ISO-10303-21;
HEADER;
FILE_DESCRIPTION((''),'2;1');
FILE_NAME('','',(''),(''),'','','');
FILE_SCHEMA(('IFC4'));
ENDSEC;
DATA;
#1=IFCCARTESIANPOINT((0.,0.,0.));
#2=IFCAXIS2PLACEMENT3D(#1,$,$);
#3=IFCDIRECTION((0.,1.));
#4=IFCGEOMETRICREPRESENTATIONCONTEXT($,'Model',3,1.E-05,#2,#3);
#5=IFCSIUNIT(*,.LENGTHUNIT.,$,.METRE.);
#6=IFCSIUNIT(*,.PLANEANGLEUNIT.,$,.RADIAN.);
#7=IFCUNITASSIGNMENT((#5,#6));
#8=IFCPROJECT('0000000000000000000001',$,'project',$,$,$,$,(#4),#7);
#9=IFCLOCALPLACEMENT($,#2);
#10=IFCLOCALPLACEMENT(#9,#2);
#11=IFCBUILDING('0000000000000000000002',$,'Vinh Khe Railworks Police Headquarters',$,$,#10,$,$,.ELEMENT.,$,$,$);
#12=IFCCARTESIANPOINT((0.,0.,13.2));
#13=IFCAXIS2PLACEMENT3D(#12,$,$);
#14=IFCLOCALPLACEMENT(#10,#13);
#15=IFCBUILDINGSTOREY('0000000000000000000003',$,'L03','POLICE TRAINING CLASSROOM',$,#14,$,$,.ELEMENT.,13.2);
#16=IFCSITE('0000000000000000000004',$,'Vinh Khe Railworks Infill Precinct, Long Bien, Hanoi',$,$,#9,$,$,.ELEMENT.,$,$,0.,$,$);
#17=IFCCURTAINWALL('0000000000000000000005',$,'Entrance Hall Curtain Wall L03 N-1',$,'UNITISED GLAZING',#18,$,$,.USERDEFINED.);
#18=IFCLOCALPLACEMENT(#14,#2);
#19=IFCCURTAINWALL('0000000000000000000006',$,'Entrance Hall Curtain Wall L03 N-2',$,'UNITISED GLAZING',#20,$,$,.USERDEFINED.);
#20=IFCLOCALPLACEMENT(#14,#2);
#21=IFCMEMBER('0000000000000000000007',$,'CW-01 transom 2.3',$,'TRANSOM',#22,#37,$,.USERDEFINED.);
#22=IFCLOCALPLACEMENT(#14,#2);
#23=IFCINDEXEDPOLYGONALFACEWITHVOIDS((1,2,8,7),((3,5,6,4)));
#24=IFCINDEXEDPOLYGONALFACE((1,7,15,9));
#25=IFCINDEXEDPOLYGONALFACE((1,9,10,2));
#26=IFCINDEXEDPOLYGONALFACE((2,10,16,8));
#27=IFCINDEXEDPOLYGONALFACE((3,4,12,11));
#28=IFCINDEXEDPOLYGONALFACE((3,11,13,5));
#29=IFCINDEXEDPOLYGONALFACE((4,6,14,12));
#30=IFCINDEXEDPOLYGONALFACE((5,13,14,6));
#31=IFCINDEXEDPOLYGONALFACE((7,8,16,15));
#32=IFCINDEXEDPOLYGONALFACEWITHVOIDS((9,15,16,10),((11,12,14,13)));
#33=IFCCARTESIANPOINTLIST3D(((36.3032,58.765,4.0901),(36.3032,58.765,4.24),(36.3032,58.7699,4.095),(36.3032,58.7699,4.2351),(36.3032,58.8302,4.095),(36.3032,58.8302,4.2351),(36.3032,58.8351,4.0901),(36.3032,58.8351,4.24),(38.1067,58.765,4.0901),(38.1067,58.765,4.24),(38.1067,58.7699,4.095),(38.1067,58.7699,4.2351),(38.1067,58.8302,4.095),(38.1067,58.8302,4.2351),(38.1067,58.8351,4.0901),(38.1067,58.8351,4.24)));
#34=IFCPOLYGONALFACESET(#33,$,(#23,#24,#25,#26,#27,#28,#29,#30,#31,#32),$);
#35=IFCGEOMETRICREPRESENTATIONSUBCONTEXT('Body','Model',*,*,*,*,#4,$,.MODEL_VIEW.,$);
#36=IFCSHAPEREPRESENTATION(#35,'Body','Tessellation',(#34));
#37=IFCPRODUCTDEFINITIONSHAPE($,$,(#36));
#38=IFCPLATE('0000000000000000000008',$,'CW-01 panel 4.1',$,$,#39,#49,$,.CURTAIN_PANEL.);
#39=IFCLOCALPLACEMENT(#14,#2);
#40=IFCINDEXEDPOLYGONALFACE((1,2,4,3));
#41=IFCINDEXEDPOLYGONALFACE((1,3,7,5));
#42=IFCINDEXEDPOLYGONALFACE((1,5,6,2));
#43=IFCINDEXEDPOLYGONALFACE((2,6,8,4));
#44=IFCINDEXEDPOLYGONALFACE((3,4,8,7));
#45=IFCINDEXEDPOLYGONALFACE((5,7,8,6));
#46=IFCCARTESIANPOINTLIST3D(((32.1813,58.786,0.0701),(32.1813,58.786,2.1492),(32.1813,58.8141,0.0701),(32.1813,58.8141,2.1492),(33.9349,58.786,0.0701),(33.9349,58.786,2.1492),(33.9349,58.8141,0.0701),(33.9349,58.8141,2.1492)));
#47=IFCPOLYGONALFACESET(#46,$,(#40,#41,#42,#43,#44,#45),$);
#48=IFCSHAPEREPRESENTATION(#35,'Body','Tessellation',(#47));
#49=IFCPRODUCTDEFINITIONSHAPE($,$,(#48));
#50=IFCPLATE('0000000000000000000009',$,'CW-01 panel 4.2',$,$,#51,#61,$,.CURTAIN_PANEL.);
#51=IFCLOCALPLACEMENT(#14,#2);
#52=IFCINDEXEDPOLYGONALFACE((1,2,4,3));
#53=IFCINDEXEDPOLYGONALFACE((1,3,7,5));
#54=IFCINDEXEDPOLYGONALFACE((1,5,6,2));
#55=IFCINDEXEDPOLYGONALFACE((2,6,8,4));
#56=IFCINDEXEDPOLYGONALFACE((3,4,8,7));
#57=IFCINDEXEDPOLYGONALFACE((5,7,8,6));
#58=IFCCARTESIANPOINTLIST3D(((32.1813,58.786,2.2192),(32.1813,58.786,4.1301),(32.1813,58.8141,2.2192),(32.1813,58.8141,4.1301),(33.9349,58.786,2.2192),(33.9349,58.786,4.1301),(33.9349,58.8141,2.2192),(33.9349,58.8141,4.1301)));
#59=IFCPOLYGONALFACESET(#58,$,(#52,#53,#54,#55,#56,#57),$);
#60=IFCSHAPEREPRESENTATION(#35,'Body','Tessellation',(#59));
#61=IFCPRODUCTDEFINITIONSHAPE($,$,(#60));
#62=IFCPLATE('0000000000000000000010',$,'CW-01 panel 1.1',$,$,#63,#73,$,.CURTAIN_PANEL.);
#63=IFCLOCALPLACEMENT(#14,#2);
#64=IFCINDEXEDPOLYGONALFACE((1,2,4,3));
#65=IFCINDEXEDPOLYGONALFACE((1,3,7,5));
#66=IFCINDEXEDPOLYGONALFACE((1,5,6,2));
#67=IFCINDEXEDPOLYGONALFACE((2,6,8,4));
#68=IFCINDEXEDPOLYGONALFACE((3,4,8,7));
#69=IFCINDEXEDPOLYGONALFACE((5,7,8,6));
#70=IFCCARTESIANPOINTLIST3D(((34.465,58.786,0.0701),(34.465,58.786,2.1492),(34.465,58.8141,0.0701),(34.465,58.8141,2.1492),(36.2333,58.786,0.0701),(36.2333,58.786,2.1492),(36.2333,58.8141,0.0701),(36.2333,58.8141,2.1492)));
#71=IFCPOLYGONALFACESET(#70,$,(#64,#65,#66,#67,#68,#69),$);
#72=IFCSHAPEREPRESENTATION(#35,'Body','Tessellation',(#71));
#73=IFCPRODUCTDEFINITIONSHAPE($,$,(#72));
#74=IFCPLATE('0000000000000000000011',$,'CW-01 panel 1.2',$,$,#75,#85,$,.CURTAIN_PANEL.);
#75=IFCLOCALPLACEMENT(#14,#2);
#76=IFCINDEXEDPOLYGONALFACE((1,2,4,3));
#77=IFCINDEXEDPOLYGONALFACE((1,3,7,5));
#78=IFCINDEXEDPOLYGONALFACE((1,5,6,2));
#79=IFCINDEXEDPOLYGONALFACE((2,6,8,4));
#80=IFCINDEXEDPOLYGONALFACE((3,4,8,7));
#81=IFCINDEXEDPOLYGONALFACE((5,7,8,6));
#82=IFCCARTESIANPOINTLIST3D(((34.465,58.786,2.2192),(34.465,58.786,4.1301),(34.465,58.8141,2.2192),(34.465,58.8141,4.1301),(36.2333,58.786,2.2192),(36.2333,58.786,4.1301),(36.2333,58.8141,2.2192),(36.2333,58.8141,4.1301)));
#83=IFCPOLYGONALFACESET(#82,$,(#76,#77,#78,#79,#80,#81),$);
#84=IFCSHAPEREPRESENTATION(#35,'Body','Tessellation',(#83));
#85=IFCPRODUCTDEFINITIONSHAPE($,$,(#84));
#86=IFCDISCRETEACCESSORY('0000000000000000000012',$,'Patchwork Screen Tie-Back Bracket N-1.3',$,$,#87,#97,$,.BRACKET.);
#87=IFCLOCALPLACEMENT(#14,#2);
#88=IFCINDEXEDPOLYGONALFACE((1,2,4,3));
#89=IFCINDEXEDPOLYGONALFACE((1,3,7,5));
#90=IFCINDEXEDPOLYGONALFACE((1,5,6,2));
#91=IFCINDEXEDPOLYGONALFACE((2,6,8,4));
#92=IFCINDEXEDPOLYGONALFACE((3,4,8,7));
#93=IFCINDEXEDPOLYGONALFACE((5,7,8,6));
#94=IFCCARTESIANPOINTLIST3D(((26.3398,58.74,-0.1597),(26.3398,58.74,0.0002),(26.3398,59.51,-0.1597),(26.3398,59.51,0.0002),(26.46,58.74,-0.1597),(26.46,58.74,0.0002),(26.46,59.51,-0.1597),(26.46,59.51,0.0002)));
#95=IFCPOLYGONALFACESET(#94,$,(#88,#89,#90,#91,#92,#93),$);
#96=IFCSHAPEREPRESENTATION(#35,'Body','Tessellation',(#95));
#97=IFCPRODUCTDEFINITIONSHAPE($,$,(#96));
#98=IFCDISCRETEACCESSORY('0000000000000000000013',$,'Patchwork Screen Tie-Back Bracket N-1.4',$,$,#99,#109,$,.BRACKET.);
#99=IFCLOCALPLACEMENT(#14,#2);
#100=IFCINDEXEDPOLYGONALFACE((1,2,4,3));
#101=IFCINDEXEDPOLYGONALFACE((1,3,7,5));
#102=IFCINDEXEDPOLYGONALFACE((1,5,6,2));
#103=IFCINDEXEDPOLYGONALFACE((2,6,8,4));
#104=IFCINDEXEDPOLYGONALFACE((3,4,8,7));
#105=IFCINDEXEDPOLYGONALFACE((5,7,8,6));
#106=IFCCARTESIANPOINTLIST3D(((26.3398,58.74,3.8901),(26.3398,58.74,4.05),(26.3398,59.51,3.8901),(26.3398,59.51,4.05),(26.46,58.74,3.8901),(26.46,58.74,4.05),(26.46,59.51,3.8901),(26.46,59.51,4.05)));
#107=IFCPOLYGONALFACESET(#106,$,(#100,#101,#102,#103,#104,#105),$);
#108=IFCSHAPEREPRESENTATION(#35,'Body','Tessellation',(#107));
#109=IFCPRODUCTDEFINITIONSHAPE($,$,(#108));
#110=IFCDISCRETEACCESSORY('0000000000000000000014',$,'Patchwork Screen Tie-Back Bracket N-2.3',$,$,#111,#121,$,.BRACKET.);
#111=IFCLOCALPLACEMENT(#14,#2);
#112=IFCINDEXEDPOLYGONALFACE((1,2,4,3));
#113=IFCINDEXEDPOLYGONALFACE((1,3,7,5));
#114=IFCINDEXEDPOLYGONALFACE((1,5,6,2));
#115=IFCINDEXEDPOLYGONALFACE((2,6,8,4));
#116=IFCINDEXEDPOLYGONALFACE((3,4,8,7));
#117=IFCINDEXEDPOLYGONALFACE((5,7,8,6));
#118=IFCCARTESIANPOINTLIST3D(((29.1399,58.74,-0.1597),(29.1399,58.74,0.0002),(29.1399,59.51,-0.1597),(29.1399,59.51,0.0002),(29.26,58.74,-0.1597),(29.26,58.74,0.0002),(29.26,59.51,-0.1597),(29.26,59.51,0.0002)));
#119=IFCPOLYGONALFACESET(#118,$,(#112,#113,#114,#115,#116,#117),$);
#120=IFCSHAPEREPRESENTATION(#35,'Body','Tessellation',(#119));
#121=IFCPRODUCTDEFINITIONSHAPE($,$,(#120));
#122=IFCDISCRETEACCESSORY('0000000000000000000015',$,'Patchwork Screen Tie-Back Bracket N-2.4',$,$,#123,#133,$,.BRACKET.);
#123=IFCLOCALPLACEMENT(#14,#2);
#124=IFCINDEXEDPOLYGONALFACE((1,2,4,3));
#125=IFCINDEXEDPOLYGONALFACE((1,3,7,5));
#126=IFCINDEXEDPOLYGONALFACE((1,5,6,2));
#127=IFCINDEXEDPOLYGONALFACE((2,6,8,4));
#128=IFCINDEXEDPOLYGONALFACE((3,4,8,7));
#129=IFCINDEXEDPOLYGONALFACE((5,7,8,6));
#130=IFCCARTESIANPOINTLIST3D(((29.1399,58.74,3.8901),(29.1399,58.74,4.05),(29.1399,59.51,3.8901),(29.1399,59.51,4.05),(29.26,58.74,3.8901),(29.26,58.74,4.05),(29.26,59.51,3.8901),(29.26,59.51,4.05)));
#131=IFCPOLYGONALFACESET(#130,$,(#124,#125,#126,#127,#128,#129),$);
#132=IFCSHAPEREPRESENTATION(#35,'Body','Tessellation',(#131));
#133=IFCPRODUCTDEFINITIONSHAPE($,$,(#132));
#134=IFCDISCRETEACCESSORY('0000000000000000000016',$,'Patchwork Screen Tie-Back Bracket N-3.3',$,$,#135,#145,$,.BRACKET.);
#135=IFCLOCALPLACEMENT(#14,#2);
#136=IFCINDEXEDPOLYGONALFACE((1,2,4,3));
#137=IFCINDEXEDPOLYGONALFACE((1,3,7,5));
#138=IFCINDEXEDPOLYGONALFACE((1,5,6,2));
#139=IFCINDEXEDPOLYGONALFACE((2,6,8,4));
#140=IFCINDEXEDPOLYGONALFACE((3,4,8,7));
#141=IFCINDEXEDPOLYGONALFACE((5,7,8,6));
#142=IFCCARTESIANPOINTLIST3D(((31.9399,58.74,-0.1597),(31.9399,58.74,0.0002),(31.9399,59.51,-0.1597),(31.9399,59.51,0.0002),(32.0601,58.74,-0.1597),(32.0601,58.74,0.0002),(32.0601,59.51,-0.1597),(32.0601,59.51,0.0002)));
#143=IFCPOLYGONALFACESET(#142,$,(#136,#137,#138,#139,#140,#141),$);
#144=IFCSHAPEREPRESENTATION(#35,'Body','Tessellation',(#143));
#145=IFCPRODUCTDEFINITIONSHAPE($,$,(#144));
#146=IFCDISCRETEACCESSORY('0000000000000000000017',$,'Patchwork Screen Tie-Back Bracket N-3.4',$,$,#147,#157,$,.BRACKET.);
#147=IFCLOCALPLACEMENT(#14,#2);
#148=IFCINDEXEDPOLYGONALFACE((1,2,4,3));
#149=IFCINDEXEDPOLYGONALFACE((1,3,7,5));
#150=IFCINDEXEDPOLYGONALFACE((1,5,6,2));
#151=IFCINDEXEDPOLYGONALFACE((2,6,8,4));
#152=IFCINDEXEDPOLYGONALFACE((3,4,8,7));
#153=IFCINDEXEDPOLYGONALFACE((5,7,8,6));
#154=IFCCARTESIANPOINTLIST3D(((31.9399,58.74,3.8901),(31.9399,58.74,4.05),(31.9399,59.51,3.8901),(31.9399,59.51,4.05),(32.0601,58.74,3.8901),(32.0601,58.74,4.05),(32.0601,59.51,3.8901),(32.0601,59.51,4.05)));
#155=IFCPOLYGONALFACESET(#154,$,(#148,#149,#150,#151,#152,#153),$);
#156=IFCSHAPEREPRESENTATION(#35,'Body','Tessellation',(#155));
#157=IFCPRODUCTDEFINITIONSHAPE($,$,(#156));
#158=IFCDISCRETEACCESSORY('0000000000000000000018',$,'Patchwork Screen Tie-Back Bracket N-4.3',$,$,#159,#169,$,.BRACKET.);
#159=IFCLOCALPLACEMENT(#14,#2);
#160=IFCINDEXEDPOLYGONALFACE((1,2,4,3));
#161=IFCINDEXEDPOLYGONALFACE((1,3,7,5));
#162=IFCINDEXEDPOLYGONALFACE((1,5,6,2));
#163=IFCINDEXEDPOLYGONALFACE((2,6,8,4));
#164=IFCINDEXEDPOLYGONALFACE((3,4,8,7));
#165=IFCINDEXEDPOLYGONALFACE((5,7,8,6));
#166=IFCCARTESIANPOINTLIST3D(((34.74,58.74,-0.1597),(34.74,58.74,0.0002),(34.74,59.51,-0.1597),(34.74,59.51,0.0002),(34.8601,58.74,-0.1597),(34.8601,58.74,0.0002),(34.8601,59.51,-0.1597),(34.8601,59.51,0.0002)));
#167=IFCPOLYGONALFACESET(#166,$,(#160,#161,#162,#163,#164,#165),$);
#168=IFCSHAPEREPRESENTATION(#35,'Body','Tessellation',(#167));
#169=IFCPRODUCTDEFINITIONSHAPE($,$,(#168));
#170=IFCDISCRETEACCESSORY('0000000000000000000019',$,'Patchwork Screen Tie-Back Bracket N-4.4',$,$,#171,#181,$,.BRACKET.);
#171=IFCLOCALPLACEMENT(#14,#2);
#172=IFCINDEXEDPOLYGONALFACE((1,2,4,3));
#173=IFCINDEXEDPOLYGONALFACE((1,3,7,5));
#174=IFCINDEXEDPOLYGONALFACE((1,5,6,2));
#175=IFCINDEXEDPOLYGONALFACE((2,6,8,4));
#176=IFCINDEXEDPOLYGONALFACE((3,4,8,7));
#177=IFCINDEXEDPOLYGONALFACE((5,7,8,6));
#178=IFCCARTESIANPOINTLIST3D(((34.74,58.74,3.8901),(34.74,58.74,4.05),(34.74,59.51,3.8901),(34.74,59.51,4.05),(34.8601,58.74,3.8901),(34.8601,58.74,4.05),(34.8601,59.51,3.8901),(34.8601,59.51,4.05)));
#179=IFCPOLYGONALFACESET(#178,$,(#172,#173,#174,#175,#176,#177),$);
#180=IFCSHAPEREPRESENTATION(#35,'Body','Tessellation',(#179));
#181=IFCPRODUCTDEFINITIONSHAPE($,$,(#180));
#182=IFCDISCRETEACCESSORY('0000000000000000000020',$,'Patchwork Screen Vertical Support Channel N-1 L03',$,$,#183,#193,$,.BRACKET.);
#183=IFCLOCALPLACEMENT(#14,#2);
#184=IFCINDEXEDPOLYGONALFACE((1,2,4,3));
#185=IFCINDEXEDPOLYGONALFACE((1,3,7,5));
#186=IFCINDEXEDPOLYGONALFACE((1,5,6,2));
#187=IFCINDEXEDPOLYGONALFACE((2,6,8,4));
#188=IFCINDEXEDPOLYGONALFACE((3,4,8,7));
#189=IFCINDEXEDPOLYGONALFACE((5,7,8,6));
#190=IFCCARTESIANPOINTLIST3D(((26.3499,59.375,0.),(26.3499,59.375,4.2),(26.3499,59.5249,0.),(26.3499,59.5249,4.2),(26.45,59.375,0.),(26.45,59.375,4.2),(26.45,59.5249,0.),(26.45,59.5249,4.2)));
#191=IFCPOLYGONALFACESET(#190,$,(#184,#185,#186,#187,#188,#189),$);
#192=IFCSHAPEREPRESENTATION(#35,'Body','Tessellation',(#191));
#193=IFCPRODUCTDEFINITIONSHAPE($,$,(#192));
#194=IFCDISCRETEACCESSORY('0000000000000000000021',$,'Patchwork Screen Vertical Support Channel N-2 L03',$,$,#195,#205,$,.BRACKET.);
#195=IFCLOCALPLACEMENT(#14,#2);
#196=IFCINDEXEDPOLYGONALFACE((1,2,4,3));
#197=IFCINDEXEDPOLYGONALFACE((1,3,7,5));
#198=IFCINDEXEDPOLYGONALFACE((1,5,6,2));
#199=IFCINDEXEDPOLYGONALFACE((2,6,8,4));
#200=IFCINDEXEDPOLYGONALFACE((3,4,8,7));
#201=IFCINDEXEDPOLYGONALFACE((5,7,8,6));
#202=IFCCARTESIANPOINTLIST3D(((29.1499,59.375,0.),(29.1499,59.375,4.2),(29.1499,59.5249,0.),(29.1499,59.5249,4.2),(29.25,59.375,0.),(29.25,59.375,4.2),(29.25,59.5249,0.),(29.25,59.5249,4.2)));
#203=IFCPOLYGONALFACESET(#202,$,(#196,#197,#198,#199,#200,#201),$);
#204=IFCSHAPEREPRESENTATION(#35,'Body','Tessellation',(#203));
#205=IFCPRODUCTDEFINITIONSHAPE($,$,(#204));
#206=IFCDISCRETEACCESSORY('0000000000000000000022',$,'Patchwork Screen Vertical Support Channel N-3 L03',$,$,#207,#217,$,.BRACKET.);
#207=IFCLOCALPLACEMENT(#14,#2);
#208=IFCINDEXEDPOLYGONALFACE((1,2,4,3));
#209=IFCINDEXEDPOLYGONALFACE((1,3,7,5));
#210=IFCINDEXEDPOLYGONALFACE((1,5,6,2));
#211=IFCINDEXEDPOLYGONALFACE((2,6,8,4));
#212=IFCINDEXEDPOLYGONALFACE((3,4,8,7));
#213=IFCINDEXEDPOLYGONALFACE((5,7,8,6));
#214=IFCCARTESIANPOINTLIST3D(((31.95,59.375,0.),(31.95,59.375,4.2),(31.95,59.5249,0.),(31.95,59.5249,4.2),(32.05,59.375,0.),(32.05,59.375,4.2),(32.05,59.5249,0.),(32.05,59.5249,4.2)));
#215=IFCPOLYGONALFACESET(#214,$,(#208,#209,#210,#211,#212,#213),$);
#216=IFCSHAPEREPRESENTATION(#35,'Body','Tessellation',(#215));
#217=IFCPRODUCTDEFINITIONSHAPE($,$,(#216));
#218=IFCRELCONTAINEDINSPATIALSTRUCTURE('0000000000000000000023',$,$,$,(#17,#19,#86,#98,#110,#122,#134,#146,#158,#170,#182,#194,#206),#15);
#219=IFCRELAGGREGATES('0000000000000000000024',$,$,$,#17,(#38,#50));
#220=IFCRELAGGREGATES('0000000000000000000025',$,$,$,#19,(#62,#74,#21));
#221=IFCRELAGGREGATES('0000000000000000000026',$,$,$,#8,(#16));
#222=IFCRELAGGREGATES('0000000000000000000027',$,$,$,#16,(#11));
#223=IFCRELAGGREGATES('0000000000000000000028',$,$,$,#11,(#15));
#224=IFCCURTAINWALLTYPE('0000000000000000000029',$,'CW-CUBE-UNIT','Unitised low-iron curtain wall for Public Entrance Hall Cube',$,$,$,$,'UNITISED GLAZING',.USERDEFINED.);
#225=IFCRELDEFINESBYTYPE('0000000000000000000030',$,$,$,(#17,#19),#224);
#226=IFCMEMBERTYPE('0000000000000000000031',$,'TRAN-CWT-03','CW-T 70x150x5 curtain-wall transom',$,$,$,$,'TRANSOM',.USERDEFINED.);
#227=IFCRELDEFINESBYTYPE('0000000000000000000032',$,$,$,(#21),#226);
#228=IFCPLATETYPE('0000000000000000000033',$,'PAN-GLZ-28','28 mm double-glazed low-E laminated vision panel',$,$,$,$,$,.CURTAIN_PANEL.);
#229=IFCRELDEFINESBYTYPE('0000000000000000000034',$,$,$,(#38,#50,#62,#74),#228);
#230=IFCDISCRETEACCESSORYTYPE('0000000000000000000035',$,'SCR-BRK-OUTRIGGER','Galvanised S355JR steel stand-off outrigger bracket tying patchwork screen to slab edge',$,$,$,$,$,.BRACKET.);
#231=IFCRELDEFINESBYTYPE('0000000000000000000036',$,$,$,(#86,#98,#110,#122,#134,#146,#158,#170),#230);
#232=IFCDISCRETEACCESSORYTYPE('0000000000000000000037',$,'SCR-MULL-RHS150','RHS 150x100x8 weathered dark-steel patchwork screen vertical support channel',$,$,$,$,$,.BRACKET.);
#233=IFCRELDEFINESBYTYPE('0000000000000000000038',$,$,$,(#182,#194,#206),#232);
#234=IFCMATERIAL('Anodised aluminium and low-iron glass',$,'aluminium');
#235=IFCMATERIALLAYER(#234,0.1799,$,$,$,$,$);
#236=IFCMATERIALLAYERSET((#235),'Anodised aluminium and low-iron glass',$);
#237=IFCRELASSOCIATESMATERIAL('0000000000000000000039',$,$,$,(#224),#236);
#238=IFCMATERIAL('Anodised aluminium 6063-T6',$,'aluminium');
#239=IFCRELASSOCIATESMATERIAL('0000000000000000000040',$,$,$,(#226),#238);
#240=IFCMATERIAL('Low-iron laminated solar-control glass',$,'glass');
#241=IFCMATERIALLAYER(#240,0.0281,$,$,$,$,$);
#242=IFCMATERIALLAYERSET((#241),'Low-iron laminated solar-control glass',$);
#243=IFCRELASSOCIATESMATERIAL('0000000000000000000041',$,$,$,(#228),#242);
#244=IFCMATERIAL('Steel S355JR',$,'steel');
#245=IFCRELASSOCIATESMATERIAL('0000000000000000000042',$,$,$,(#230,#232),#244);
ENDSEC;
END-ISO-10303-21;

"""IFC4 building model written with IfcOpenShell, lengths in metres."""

from ifc_helpers import new_model, si_unit, direction, frame, origin, origin_2d, place, context, subcontext, project, spatial, rectangle, hollow_rectangle, extrude, material, layer, layer_set, material_profile, profile_set, type_object, element, aggregate, save


model = new_model("IFC4")

# Units and contexts
model_context = context("Model", 3, precision=1e-05, world=origin(), true_north=direction((0.0, 1.0)))
body_context = subcontext(model_context, "Body", "Model", "MODEL_VIEW")
ifc_project = project(units=[si_unit("LENGTHUNIT", "METRE"), si_unit("PLANEANGLEUNIT", "RADIAN")], contexts=[model_context])

# Site, building, storey
site_placement = place(None, origin())
site = spatial("IfcSite", under=ifc_project, at=site_placement, Name="Vinh Khe Railworks Infill Precinct, Long Bien, Hanoi", CompositionType="ELEMENT", RefElevation=0.0)
building_placement = place(site_placement, origin())
building = spatial("IfcBuilding", under=site, at=building_placement, Name="Vinh Khe Railworks Police Headquarters", CompositionType="ELEMENT")
storey_placement = place(building_placement, frame((0.0, 0.0, 13.2)))
storey = spatial("IfcBuildingStorey", under=building, at=storey_placement, Name="L03", Description="POLICE TRAINING CLASSROOM", CompositionType="ELEMENT", Elevation=13.2)

# Shared definitions
ifc_material_1 = material(Name="Steel S355JR", Category="steel")

# Curtain wall
ifc_material_2 = material(Name="Anodised aluminium and low-iron glass", Category="aluminium")
ifc_layer_1 = layer(ifc_material_2, 0.1799)
ifc_layer_set_1 = layer_set([ifc_layer_1], Name="Anodised aluminium and low-iron glass")
curtain_wall_type = type_object("IfcCurtainWallType", Name="CW-CUBE-UNIT", Description="Unitised low-iron curtain wall for Public Entrance Hall Cube", ElementType="UNITISED GLAZING", PredefinedType="USERDEFINED", material=ifc_layer_set_1)
curtain_wall_1_placement = place(storey_placement, origin())
curtain_wall_1 = element("IfcCurtainWall", 1, at=curtain_wall_1_placement, inside=storey, type_object=curtain_wall_type, Name="Entrance Hall Curtain Wall L03 N-1", ObjectType="UNITISED GLAZING", PredefinedType="USERDEFINED")
ifc_material_3 = material(Name="Anodised aluminium 6063-T6", Category="aluminium")

# Curtain wall
curtain_wall_2_placement = place(storey_placement, origin())
curtain_wall_2 = element("IfcCurtainWall", 2, at=curtain_wall_2_placement, inside=storey, type_object=curtain_wall_type, Name="Entrance Hall Curtain Wall L03 N-2", ObjectType="UNITISED GLAZING", PredefinedType="USERDEFINED")

# Member
ifc_material_profile_1 = material_profile(ifc_material_3, hollow_rectangle(XDim=0.0701, YDim=0.1499, WallThickness=0.0049, at=origin_2d()), Name="CW-T 70x150x5")
ifc_profile_set_1 = profile_set([ifc_material_profile_1], Name="Anodised aluminium 6063-T6")
member_type_1 = type_object("IfcMemberType", Name="TRAN-CWT-03", Description="CW-T 70x150x5 curtain-wall transom", ElementType="TRANSOM", PredefinedType="USERDEFINED", material=ifc_profile_set_1)
member_1_placement = place(storey_placement, frame((36.3032, 58.8, 4.165), z_axis=(1.0, 0.0, 0.0), x_axis=(0.0, 1.0, 0.0)))
member_1 = element("IfcMember", 3, at=member_1_placement, type_object=member_type_1, Name="CW-01 transom 2.3", ObjectType="TRANSOM", PredefinedType="USERDEFINED", context=body_context, shape_type="SweptSolid", body=[
    extrude(hollow_rectangle(XDim=0.0701, YDim=0.1499, WallThickness=0.0049, at=origin_2d()), origin(), (0.0, 0.0, 1.0), 1.8035),
])

# Plates
ifc_material_4 = material(Name="Low-iron laminated solar-control glass", Category="glass")
ifc_layer_2 = layer(ifc_material_4, 0.0281)
ifc_layer_set_2 = layer_set([ifc_layer_2], Name="Low-iron laminated solar-control glass")
plate_type = type_object("IfcPlateType", Name="PAN-GLZ-28", Description="28 mm double-glazed low-E laminated vision panel", PredefinedType="CURTAIN_PANEL", material=ifc_layer_set_2)
plate_1_placement = place(storey_placement, frame((33.0581, 58.8, 0.0701), z_axis=(0.0, 0.0, 1.0), x_axis=(1.0, 0.0, 0.0)))
plate_1 = element("IfcPlate", 4, at=plate_1_placement, type_object=plate_type, Name="CW-01 panel 4.1", PredefinedType="CURTAIN_PANEL", context=body_context, shape_type="SweptSolid", body=[
    extrude(rectangle(XDim=1.7537, YDim=0.0281, at=origin_2d()), origin(), (0.0, 0.0, 1.0), 2.0791),
])
plate_2_placement = place(storey_placement, frame((33.0581, 58.8, 2.2192), z_axis=(0.0, 0.0, 1.0), x_axis=(1.0, 0.0, 0.0)))
plate_2 = element("IfcPlate", 5, at=plate_2_placement, type_object=plate_type, Name="CW-01 panel 4.2", PredefinedType="CURTAIN_PANEL", context=body_context, shape_type="SweptSolid", body=[
    extrude(rectangle(XDim=1.7537, YDim=0.0281, at=origin_2d()), origin(), (0.0, 0.0, 1.0), 1.9109),
])
aggregate(curtain_wall_1, [plate_1, plate_2])
plate_3_placement = place(storey_placement, frame((35.3491, 58.8, 0.0701), z_axis=(0.0, 0.0, 1.0), x_axis=(1.0, 0.0, 0.0)))
plate_3 = element("IfcPlate", 6, at=plate_3_placement, type_object=plate_type, Name="CW-01 panel 1.1", PredefinedType="CURTAIN_PANEL", context=body_context, shape_type="SweptSolid", body=[
    extrude(rectangle(XDim=1.7683, YDim=0.0281, at=origin_2d()), origin(), (0.0, 0.0, 1.0), 2.0791),
])
plate_4_placement = place(storey_placement, frame((35.3491, 58.8, 2.2192), z_axis=(0.0, 0.0, 1.0), x_axis=(1.0, 0.0, 0.0)))
plate_4 = element("IfcPlate", 7, at=plate_4_placement, type_object=plate_type, Name="CW-01 panel 1.2", PredefinedType="CURTAIN_PANEL", context=body_context, shape_type="SweptSolid", body=[
    extrude(rectangle(XDim=1.7683, YDim=0.0281, at=origin_2d()), origin(), (0.0, 0.0, 1.0), 1.9109),
])
aggregate(curtain_wall_2, [plate_3, plate_4, member_1])

# Discrete accessories
discrete_accessory_type_1 = type_object("IfcDiscreteAccessoryType", Name="SCR-BRK-OUTRIGGER", Description="Galvanised S355JR steel stand-off outrigger bracket tying patchwork screen to slab edge", PredefinedType="BRACKET", material=ifc_material_1)
for number, where, z_axis, x_axis, name in (
    (8, (26.3999, 59.125, -0.1597), (0.0, 0.0, 1.0), (1.0, 0.0, 0.0), "Patchwork Screen Tie-Back Bracket N-1.3"),
    (9, (26.3999, 59.125, 3.8901), (0.0, 0.0, 1.0), (1.0, 0.0, 0.0), "Patchwork Screen Tie-Back Bracket N-1.4"),
    (10, (29.2, 59.125, -0.1597), (0.0, 0.0, 1.0), (1.0, 0.0, 0.0), "Patchwork Screen Tie-Back Bracket N-2.3"),
    (11, (29.2, 59.125, 3.8901), (0.0, 0.0, 1.0), (1.0, 0.0, 0.0), "Patchwork Screen Tie-Back Bracket N-2.4"),
    (12, (32.0, 59.125, -0.1597), (0.0, 0.0, 1.0), (1.0, 0.0, 0.0), "Patchwork Screen Tie-Back Bracket N-3.3"),
    (13, (32.0, 59.125, 3.8901), (0.0, 0.0, 1.0), (1.0, 0.0, 0.0), "Patchwork Screen Tie-Back Bracket N-3.4"),
    (14, (34.8, 59.125, -0.1597), (0.0, 0.0, 1.0), (1.0, 0.0, 0.0), "Patchwork Screen Tie-Back Bracket N-4.3"),
    (15, (34.8, 59.125, 3.8901), (0.0, 0.0, 1.0), (1.0, 0.0, 0.0), "Patchwork Screen Tie-Back Bracket N-4.4"),
):
    element("IfcDiscreteAccessory", number, at=place(storey_placement, frame(where, z_axis=z_axis, x_axis=x_axis)), inside=storey, type_object=discrete_accessory_type_1, Name=name, PredefinedType="BRACKET", context=body_context, shape_type="SweptSolid", body=[
        extrude(rectangle(XDim=0.1201, YDim=0.77, at=origin_2d()), origin(), (0.0, 0.0, 1.0), 0.1599),
    ])
discrete_accessory_type_2 = type_object("IfcDiscreteAccessoryType", Name="SCR-MULL-RHS150", Description="RHS 150x100x8 weathered dark-steel patchwork screen vertical support channel", PredefinedType="BRACKET", material=ifc_material_1)
for number, where, z_axis, x_axis, name in (
    (16, (26.3999, 59.45, 0.0), (0.0, 0.0, 1.0), (1.0, 0.0, 0.0), "Patchwork Screen Vertical Support Channel N-1 L03"),
    (17, (29.2, 59.45, 0.0), (0.0, 0.0, 1.0), (1.0, 0.0, 0.0), "Patchwork Screen Vertical Support Channel N-2 L03"),
    (18, (32.0, 59.45, 0.0), (0.0, 0.0, 1.0), (1.0, 0.0, 0.0), "Patchwork Screen Vertical Support Channel N-3 L03"),
):
    element("IfcDiscreteAccessory", number, at=place(storey_placement, frame(where, z_axis=z_axis, x_axis=x_axis)), inside=storey, type_object=discrete_accessory_type_2, Name=name, PredefinedType="BRACKET", context=body_context, shape_type="SweptSolid", body=[
        extrude(rectangle(XDim=0.1001, YDim=0.1499, at=origin_2d()), origin(), (0.0, 0.0, 1.0), 4.2),
    ])

save(model, "model.ifc")
